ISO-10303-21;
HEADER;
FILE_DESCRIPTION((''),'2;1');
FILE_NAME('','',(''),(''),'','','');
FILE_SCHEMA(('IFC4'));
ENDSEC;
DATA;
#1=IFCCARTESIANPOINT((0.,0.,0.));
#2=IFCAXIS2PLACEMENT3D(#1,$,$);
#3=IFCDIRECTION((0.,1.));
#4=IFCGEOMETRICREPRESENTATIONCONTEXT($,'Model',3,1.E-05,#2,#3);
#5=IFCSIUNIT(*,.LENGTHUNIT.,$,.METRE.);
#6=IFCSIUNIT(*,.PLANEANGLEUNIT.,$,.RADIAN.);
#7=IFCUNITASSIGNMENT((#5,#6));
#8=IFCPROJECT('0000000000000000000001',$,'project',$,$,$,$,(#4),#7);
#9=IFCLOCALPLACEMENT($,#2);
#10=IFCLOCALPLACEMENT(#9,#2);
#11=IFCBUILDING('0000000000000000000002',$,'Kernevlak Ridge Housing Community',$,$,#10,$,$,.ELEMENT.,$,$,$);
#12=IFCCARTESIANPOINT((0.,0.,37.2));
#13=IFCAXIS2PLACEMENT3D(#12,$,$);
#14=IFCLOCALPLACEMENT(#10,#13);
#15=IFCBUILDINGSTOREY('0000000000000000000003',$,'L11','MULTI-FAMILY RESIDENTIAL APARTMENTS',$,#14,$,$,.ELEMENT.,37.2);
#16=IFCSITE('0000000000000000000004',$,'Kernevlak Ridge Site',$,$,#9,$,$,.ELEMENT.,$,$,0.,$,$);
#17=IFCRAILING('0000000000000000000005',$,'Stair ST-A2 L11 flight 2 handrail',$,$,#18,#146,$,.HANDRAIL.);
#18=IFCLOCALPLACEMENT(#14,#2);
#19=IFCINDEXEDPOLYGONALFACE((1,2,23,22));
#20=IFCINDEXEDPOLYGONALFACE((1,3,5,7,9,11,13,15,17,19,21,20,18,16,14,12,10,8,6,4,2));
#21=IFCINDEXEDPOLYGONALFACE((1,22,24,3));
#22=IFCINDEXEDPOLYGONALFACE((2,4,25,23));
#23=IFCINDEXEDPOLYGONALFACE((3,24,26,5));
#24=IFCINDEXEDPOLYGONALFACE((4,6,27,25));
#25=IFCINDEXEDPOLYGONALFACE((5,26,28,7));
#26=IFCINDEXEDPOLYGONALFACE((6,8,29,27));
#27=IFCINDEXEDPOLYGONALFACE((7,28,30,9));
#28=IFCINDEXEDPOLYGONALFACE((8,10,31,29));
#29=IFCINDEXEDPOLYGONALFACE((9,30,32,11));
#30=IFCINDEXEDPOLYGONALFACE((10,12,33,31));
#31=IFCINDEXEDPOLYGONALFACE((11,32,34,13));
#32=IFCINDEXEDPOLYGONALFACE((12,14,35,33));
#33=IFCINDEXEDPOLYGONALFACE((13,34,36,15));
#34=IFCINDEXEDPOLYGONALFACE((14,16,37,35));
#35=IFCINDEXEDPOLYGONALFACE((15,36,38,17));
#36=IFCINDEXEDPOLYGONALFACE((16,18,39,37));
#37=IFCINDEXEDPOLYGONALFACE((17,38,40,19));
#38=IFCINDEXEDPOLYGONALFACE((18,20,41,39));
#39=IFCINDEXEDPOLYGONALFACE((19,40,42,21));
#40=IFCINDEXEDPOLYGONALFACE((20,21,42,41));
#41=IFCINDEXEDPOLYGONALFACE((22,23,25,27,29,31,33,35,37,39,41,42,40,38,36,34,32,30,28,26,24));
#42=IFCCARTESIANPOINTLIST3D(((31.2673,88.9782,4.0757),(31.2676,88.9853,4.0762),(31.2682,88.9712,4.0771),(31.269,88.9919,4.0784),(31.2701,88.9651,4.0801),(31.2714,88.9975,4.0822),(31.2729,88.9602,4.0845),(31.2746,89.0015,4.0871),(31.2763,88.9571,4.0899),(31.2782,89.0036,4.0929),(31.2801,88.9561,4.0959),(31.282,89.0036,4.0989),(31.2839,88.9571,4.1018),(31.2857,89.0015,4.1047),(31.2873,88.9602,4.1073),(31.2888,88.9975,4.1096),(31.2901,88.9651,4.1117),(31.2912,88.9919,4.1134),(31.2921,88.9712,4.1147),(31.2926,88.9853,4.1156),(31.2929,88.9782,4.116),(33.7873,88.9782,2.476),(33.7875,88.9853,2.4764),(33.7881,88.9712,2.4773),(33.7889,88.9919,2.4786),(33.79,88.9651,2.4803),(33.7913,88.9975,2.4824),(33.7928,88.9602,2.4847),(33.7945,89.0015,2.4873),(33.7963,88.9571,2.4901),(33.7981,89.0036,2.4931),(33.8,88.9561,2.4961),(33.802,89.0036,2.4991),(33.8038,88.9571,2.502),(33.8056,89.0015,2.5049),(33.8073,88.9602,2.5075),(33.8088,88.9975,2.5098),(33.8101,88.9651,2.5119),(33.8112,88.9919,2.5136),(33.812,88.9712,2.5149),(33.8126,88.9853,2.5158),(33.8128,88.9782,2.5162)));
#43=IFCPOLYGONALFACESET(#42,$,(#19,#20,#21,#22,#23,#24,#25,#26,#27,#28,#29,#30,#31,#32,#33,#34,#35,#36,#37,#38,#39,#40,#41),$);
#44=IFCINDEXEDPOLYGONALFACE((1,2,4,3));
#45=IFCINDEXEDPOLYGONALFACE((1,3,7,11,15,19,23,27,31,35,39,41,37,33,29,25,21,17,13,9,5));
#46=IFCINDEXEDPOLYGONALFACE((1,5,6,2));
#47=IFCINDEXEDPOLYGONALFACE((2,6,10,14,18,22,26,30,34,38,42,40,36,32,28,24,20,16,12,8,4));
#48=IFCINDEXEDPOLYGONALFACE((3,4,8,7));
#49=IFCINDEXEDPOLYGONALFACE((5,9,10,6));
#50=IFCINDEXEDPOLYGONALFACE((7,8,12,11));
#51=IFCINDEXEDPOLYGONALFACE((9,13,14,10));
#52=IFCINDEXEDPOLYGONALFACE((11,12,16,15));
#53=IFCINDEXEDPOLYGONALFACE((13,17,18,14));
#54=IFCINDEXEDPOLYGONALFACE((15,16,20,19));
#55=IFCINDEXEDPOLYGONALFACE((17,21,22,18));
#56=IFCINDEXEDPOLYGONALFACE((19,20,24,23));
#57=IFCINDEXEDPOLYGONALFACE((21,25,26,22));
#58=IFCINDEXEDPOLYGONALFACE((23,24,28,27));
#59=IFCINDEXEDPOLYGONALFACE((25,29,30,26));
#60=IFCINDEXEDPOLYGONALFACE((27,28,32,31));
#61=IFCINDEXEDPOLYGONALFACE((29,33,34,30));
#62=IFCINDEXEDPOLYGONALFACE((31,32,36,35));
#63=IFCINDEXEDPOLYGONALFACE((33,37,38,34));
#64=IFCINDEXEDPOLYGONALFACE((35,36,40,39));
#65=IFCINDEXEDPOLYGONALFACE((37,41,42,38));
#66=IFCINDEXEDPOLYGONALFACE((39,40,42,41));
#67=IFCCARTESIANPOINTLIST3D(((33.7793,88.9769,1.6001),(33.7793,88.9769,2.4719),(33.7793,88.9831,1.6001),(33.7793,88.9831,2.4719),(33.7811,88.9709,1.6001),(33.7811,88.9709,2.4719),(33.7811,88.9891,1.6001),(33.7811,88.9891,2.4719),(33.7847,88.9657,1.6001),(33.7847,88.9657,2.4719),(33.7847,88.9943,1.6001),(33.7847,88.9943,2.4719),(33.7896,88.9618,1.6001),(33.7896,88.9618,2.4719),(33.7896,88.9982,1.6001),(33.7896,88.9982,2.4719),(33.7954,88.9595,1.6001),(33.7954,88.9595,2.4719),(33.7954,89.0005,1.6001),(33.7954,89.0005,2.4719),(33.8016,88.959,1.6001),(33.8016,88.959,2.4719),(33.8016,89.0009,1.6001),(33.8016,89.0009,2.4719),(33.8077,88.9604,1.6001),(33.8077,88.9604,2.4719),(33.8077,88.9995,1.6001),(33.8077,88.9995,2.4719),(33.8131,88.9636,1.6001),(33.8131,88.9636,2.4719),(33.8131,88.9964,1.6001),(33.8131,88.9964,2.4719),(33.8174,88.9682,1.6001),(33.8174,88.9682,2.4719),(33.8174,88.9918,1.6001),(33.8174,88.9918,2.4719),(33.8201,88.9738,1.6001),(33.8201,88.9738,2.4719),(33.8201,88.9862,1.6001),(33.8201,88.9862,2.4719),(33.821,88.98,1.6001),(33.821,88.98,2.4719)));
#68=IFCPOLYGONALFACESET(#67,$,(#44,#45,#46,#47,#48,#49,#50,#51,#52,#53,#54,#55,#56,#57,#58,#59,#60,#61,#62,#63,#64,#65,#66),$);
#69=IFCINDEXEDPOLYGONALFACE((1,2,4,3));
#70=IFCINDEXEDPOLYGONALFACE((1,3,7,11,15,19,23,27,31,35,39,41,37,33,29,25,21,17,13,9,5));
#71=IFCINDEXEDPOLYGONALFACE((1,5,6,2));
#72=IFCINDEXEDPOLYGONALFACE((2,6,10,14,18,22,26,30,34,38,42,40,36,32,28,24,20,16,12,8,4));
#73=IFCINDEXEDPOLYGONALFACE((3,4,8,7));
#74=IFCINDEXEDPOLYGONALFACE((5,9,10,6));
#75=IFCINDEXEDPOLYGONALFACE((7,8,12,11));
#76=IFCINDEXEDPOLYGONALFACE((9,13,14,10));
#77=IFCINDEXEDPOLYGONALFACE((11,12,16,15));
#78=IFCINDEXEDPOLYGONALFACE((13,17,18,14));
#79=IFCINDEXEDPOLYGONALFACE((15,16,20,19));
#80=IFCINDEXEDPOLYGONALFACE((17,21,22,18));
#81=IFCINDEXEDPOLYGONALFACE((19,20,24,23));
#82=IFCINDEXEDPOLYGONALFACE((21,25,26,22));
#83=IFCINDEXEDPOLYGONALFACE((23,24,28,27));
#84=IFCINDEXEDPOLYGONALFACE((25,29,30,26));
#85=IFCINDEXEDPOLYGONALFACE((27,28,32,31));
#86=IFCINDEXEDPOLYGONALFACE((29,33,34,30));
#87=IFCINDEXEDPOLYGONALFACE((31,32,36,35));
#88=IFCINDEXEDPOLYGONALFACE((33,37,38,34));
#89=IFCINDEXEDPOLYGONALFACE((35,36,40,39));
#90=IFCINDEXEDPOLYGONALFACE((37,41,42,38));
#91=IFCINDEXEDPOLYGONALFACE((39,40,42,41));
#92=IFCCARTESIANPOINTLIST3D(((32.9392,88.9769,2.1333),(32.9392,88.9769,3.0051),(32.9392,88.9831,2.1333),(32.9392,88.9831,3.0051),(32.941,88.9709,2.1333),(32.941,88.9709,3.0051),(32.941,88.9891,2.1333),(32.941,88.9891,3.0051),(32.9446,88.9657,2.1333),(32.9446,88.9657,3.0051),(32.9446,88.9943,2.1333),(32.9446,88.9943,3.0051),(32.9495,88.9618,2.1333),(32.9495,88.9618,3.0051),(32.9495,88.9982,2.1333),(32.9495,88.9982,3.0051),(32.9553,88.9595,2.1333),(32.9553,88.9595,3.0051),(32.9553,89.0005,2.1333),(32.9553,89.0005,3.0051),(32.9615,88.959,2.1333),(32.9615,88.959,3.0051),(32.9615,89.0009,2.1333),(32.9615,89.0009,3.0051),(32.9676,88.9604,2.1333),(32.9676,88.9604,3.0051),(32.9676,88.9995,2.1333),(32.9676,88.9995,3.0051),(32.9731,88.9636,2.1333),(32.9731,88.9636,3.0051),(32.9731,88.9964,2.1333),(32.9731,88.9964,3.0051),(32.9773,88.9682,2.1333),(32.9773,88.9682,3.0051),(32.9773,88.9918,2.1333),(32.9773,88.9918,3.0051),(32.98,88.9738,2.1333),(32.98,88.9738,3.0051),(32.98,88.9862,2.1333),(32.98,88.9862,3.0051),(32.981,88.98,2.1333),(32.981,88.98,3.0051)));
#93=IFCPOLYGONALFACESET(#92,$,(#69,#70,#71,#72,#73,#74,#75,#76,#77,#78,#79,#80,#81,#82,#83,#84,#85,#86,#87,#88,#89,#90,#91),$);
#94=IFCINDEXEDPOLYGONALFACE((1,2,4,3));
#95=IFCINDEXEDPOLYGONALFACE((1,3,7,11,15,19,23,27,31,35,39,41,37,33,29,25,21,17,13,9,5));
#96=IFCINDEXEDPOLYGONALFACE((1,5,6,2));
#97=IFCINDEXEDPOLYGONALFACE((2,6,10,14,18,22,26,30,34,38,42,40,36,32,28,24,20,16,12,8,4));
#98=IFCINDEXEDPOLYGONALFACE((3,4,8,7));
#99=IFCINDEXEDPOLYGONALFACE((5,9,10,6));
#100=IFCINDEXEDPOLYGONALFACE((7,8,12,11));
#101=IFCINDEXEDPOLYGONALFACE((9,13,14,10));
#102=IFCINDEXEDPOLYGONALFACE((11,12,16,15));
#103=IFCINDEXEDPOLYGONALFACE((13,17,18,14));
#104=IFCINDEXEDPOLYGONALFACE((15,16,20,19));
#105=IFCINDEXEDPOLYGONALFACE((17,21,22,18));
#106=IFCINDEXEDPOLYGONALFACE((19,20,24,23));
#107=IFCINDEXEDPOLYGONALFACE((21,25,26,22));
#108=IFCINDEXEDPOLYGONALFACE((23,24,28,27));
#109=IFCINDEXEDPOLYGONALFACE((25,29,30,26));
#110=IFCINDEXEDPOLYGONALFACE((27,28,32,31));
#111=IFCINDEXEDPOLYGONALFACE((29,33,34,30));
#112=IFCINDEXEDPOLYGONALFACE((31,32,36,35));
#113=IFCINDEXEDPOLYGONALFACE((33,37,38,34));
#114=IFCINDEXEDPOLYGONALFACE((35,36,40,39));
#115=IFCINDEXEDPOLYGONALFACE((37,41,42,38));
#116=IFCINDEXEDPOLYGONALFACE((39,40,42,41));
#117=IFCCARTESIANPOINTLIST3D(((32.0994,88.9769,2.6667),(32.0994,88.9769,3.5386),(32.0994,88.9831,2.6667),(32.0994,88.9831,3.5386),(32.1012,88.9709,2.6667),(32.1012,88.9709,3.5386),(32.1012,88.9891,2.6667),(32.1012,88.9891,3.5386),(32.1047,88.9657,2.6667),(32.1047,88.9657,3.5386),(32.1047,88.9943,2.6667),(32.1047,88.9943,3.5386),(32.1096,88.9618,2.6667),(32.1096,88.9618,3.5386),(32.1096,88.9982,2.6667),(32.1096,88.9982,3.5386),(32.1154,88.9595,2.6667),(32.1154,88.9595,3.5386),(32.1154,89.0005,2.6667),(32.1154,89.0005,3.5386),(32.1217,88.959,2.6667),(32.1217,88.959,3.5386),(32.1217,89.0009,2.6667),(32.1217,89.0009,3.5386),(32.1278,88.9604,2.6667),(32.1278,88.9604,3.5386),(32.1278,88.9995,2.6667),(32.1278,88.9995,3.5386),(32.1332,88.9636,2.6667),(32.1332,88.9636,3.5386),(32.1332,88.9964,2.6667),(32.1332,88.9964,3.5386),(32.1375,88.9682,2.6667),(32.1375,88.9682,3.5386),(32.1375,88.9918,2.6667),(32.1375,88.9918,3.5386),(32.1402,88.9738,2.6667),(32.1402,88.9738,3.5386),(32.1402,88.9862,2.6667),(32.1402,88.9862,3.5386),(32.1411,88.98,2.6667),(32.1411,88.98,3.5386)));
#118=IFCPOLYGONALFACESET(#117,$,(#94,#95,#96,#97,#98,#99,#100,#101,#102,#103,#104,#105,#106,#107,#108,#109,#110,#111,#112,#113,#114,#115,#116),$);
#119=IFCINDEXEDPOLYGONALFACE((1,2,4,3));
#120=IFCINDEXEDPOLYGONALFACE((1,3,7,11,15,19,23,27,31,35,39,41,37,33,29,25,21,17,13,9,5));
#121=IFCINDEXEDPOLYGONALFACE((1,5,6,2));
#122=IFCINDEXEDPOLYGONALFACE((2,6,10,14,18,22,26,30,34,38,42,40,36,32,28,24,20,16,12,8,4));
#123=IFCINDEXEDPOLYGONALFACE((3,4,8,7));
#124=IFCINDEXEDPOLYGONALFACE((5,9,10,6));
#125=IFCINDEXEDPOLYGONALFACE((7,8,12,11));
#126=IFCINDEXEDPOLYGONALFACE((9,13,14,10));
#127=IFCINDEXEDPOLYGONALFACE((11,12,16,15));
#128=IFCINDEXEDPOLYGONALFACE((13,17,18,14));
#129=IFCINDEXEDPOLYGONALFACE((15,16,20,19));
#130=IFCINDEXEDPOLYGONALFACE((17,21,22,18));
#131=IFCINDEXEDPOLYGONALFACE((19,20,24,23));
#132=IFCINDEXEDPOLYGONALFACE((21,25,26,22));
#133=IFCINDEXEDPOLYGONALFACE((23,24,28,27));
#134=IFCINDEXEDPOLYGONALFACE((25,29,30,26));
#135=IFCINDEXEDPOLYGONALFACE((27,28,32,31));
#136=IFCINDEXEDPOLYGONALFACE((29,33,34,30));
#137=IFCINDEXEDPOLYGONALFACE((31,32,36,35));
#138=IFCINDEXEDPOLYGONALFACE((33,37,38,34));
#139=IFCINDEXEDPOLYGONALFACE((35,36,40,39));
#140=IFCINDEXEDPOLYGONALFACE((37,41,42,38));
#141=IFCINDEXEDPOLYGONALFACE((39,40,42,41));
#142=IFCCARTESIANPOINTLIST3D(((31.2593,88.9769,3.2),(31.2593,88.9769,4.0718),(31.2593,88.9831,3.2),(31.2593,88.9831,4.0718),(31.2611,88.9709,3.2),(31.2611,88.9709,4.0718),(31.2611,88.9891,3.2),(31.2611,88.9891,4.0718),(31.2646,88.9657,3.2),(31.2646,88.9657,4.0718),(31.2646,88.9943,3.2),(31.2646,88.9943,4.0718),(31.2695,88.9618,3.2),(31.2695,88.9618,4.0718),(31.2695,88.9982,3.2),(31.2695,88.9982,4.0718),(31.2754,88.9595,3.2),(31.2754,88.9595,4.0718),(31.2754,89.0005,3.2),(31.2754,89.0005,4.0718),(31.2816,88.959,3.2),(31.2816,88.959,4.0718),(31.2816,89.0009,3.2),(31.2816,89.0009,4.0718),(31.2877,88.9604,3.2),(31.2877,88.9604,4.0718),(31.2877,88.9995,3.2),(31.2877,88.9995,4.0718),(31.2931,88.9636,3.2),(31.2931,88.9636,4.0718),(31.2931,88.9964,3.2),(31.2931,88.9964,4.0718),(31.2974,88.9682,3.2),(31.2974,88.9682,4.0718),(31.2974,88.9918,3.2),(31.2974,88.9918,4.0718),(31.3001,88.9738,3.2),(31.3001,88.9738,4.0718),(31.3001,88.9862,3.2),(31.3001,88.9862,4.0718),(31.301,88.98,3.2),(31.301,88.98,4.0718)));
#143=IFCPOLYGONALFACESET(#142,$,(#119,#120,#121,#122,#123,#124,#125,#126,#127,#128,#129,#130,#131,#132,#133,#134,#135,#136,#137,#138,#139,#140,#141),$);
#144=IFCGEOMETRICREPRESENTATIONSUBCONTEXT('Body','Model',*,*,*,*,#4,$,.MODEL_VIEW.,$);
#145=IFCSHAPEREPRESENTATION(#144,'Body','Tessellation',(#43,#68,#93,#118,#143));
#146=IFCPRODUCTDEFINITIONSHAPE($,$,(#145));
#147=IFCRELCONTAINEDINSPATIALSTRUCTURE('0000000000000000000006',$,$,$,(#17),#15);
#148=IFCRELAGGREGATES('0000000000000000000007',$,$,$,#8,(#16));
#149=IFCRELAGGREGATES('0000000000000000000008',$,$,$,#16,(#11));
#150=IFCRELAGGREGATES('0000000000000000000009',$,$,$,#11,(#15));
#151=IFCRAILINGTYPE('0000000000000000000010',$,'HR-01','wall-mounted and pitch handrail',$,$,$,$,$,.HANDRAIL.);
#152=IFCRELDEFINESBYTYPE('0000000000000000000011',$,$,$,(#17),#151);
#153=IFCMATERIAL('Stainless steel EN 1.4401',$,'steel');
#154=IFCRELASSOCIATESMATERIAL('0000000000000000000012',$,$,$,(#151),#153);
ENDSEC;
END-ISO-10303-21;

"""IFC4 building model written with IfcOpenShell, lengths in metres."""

from ifc_helpers import new_model, si_unit, direction, frame, origin, origin_2d, place, context, subcontext, project, spatial, circle, extrude, material, type_object, element, save


model = new_model("IFC4")

# Units and contexts
model_context = context("Model", 3, precision=1e-05, world=origin(), true_north=direction((0.0, 1.0)))
body_context = subcontext(model_context, "Body", "Model", "MODEL_VIEW")
ifc_project = project(units=[si_unit("LENGTHUNIT", "METRE"), si_unit("PLANEANGLEUNIT", "RADIAN")], contexts=[model_context])

# Site, building, storey
site_placement = place(None, origin())
site = spatial("IfcSite", under=ifc_project, at=site_placement, Name="Kernevlak Ridge Site", CompositionType="ELEMENT", RefElevation=0.0)
building_placement = place(site_placement, origin())
building = spatial("IfcBuilding", under=site, at=building_placement, Name="Kernevlak Ridge Housing Community", CompositionType="ELEMENT")
storey_placement = place(building_placement, frame((0.0, 0.0, 37.2)))
storey = spatial("IfcBuildingStorey", under=building, at=storey_placement, Name="L11", Description="MULTI-FAMILY RESIDENTIAL APARTMENTS", CompositionType="ELEMENT", Elevation=37.2)

# Railing
ifc_material_1 = material(Name="Stainless steel EN 1.4401", Category="steel")
railing_type_1 = type_object("IfcRailingType", Name="HR-01", Description="wall-mounted and pitch handrail", PredefinedType="HANDRAIL", material=ifc_material_1)
railing_1_placement = place(storey_placement, frame((33.8, 88.98, 1.6001)))
element("IfcRailing", 1, at=railing_1_placement, inside=storey, type_object=railing_type_1, Name="Stair ST-A2 L11 flight 2 handrail", PredefinedType="HANDRAIL", context=body_context, shape_type="SweptSolid", body=[
    extrude(circle(Radius=0.0239, at=origin_2d()), frame((0.0, 0.0, 0.896), z_axis=(-0.844237, 0.0, 0.53597), x_axis=(0.0, -1.0, 0.0)), (0.0, 0.0, 1.0), 2.9849),
    extrude(circle(Radius=0.021, at=origin_2d()), origin(), (0.0, 0.0, 1.0), 0.8718),
    extrude(circle(Radius=0.021, at=origin_2d()), frame((-0.8401, 0.0, 0.5332)), (0.0, 0.0, 1.0), 0.8718),
    extrude(circle(Radius=0.021, at=origin_2d()), frame((-1.6799, 0.0, 1.0667)), (0.0, 0.0, 1.0), 0.8718),
    extrude(circle(Radius=0.021, at=origin_2d()), frame((-2.52, 0.0, 1.5999)), (0.0, 0.0, 1.0), 0.8718),
])

save(model, "model.ifc")
